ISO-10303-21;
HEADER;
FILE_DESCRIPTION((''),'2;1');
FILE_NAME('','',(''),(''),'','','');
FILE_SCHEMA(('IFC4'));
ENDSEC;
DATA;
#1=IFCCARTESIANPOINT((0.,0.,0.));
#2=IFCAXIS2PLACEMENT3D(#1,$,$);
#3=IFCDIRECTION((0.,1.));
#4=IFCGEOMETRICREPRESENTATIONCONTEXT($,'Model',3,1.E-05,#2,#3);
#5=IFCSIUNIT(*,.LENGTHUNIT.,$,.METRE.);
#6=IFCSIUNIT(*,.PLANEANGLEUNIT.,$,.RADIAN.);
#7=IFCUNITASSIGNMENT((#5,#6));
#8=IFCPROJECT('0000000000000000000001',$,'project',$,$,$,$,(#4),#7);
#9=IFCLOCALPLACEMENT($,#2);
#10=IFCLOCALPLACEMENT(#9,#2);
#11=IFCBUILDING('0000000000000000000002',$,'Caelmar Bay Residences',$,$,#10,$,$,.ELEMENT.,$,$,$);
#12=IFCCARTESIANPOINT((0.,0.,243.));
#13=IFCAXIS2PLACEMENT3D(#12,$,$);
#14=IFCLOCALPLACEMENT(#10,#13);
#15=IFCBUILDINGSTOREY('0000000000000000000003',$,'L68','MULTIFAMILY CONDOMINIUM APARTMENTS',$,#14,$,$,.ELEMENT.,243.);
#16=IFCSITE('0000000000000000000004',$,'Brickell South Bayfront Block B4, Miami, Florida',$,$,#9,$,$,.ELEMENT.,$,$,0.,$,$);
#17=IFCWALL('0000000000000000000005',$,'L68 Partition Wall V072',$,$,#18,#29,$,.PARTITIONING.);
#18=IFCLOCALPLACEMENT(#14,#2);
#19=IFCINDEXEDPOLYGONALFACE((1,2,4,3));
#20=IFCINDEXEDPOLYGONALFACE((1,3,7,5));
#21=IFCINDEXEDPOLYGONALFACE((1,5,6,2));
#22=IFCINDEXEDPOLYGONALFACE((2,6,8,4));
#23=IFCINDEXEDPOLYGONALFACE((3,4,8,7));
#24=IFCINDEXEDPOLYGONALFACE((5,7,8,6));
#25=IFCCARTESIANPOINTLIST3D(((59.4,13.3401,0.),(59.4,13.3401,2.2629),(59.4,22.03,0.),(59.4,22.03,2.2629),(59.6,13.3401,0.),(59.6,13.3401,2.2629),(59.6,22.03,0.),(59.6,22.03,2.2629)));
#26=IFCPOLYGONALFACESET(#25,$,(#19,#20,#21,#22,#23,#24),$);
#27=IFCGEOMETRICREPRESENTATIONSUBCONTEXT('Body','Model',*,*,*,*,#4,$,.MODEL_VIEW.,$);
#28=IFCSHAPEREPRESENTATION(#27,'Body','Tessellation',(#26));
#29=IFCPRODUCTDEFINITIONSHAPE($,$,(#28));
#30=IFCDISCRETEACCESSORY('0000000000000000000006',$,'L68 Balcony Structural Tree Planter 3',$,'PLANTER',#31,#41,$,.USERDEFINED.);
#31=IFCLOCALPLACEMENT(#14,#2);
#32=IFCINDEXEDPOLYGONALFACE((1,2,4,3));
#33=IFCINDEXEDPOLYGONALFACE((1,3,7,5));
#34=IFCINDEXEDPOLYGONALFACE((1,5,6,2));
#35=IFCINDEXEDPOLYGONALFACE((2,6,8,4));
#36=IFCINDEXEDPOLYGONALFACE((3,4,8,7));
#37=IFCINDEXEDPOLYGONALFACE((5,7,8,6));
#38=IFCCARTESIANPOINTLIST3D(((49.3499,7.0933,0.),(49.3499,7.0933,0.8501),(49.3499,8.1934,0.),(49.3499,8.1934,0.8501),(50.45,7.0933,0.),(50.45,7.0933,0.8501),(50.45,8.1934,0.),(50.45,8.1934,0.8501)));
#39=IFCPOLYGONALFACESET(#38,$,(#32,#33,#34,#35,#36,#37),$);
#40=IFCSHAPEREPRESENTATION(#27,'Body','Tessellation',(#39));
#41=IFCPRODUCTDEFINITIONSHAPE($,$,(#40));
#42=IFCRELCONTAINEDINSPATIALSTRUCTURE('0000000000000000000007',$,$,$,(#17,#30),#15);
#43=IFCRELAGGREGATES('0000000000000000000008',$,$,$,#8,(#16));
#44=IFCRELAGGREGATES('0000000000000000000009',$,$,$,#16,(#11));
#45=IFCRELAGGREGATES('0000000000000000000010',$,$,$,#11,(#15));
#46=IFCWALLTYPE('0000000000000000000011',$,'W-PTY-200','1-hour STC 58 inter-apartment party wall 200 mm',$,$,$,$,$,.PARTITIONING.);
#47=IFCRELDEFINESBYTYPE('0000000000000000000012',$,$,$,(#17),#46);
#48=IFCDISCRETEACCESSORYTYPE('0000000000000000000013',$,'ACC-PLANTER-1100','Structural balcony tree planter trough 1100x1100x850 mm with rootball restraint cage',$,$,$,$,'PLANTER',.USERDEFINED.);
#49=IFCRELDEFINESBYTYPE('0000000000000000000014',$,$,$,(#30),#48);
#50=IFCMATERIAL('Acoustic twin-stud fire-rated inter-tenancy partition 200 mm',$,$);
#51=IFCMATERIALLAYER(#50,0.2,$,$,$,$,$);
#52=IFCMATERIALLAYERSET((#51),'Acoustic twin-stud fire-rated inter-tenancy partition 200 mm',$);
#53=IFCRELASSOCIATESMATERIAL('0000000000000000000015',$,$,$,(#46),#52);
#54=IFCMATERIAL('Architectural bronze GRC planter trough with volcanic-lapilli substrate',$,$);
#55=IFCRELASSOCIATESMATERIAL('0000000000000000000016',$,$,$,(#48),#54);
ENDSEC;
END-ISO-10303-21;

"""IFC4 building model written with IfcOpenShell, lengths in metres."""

from ifc_helpers import new_model, si_unit, direction, frame, frame_2d, origin, origin_2d, place, context, subcontext, project, spatial, rectangle, extrude, material, layer, layer_set, type_object, element, save


model = new_model("IFC4")

# Units and contexts
model_context = context("Model", 3, precision=1e-05, world=origin(), true_north=direction((0.0, 1.0)))
body_context = subcontext(model_context, "Body", "Model", "MODEL_VIEW")
ifc_project = project(units=[si_unit("LENGTHUNIT", "METRE"), si_unit("PLANEANGLEUNIT", "RADIAN")], contexts=[model_context])

# Site, building, storey
site_placement = place(None, origin())
site = spatial("IfcSite", under=ifc_project, at=site_placement, Name="Brickell South Bayfront Block B4, Miami, Florida", CompositionType="ELEMENT", RefElevation=0.0)
building_placement = place(site_placement, origin())
building = spatial("IfcBuilding", under=site, at=building_placement, Name="Caelmar Bay Residences", CompositionType="ELEMENT")
storey_placement = place(building_placement, frame((0.0, 0.0, 243.0)))
storey = spatial("IfcBuildingStorey", under=building, at=storey_placement, Name="L68", Description="MULTIFAMILY CONDOMINIUM APARTMENTS", CompositionType="ELEMENT", Elevation=243.0)

# Wall
ifc_material_1 = material(Name="Acoustic twin-stud fire-rated inter-tenancy partition 200 mm")
ifc_layer_1 = layer(ifc_material_1, 0.2)
ifc_layer_set_1 = layer_set([ifc_layer_1], Name="Acoustic twin-stud fire-rated inter-tenancy partition 200 mm")
wall_type_1 = type_object("IfcWallType", Name="W-PTY-200", Description="1-hour STC 58 inter-apartment party wall 200 mm", PredefinedType="PARTITIONING", material=ifc_layer_set_1)
wall_1_placement = place(storey_placement, frame((59.5, 13.3401, 0.0), z_axis=(0.0, 0.0, 1.0), x_axis=(0.0, 1.0, 0.0)))
element("IfcWall", 1, at=wall_1_placement, inside=storey, type_object=wall_type_1, Name="L68 Partition Wall V072", PredefinedType="PARTITIONING", context=body_context, shape_type="SweptSolid", body=[
    extrude(rectangle(XDim=8.6899, YDim=0.2, at=frame_2d((4.345, 0.0))), origin(), (0.0, 0.0, 1.0), 2.2629),
])

# Discrete accessory
ifc_material_2 = material(Name="Architectural bronze GRC planter trough with volcanic-lapilli substrate")
discrete_accessory_type = type_object("IfcDiscreteAccessoryType", Name="ACC-PLANTER-1100", Description="Structural balcony tree planter trough 1100x1100x850 mm with rootball restraint cage", ElementType="PLANTER", PredefinedType="USERDEFINED", material=ifc_material_2)
discrete_accessory_placement = place(storey_placement, frame((49.8999, 7.6433, 0.0), z_axis=(0.0, 0.0, 1.0), x_axis=(1.0, 0.0, 0.0)))
element("IfcDiscreteAccessory", 2, at=discrete_accessory_placement, inside=storey, type_object=discrete_accessory_type, Name="L68 Balcony Structural Tree Planter 3", ObjectType="PLANTER", PredefinedType="USERDEFINED", context=body_context, shape_type="SweptSolid", body=[
    extrude(rectangle(XDim=1.1001, YDim=1.1001, at=origin_2d()), origin(), (0.0, 0.0, 1.0), 0.8501),
])

save(model, "model.ifc")
